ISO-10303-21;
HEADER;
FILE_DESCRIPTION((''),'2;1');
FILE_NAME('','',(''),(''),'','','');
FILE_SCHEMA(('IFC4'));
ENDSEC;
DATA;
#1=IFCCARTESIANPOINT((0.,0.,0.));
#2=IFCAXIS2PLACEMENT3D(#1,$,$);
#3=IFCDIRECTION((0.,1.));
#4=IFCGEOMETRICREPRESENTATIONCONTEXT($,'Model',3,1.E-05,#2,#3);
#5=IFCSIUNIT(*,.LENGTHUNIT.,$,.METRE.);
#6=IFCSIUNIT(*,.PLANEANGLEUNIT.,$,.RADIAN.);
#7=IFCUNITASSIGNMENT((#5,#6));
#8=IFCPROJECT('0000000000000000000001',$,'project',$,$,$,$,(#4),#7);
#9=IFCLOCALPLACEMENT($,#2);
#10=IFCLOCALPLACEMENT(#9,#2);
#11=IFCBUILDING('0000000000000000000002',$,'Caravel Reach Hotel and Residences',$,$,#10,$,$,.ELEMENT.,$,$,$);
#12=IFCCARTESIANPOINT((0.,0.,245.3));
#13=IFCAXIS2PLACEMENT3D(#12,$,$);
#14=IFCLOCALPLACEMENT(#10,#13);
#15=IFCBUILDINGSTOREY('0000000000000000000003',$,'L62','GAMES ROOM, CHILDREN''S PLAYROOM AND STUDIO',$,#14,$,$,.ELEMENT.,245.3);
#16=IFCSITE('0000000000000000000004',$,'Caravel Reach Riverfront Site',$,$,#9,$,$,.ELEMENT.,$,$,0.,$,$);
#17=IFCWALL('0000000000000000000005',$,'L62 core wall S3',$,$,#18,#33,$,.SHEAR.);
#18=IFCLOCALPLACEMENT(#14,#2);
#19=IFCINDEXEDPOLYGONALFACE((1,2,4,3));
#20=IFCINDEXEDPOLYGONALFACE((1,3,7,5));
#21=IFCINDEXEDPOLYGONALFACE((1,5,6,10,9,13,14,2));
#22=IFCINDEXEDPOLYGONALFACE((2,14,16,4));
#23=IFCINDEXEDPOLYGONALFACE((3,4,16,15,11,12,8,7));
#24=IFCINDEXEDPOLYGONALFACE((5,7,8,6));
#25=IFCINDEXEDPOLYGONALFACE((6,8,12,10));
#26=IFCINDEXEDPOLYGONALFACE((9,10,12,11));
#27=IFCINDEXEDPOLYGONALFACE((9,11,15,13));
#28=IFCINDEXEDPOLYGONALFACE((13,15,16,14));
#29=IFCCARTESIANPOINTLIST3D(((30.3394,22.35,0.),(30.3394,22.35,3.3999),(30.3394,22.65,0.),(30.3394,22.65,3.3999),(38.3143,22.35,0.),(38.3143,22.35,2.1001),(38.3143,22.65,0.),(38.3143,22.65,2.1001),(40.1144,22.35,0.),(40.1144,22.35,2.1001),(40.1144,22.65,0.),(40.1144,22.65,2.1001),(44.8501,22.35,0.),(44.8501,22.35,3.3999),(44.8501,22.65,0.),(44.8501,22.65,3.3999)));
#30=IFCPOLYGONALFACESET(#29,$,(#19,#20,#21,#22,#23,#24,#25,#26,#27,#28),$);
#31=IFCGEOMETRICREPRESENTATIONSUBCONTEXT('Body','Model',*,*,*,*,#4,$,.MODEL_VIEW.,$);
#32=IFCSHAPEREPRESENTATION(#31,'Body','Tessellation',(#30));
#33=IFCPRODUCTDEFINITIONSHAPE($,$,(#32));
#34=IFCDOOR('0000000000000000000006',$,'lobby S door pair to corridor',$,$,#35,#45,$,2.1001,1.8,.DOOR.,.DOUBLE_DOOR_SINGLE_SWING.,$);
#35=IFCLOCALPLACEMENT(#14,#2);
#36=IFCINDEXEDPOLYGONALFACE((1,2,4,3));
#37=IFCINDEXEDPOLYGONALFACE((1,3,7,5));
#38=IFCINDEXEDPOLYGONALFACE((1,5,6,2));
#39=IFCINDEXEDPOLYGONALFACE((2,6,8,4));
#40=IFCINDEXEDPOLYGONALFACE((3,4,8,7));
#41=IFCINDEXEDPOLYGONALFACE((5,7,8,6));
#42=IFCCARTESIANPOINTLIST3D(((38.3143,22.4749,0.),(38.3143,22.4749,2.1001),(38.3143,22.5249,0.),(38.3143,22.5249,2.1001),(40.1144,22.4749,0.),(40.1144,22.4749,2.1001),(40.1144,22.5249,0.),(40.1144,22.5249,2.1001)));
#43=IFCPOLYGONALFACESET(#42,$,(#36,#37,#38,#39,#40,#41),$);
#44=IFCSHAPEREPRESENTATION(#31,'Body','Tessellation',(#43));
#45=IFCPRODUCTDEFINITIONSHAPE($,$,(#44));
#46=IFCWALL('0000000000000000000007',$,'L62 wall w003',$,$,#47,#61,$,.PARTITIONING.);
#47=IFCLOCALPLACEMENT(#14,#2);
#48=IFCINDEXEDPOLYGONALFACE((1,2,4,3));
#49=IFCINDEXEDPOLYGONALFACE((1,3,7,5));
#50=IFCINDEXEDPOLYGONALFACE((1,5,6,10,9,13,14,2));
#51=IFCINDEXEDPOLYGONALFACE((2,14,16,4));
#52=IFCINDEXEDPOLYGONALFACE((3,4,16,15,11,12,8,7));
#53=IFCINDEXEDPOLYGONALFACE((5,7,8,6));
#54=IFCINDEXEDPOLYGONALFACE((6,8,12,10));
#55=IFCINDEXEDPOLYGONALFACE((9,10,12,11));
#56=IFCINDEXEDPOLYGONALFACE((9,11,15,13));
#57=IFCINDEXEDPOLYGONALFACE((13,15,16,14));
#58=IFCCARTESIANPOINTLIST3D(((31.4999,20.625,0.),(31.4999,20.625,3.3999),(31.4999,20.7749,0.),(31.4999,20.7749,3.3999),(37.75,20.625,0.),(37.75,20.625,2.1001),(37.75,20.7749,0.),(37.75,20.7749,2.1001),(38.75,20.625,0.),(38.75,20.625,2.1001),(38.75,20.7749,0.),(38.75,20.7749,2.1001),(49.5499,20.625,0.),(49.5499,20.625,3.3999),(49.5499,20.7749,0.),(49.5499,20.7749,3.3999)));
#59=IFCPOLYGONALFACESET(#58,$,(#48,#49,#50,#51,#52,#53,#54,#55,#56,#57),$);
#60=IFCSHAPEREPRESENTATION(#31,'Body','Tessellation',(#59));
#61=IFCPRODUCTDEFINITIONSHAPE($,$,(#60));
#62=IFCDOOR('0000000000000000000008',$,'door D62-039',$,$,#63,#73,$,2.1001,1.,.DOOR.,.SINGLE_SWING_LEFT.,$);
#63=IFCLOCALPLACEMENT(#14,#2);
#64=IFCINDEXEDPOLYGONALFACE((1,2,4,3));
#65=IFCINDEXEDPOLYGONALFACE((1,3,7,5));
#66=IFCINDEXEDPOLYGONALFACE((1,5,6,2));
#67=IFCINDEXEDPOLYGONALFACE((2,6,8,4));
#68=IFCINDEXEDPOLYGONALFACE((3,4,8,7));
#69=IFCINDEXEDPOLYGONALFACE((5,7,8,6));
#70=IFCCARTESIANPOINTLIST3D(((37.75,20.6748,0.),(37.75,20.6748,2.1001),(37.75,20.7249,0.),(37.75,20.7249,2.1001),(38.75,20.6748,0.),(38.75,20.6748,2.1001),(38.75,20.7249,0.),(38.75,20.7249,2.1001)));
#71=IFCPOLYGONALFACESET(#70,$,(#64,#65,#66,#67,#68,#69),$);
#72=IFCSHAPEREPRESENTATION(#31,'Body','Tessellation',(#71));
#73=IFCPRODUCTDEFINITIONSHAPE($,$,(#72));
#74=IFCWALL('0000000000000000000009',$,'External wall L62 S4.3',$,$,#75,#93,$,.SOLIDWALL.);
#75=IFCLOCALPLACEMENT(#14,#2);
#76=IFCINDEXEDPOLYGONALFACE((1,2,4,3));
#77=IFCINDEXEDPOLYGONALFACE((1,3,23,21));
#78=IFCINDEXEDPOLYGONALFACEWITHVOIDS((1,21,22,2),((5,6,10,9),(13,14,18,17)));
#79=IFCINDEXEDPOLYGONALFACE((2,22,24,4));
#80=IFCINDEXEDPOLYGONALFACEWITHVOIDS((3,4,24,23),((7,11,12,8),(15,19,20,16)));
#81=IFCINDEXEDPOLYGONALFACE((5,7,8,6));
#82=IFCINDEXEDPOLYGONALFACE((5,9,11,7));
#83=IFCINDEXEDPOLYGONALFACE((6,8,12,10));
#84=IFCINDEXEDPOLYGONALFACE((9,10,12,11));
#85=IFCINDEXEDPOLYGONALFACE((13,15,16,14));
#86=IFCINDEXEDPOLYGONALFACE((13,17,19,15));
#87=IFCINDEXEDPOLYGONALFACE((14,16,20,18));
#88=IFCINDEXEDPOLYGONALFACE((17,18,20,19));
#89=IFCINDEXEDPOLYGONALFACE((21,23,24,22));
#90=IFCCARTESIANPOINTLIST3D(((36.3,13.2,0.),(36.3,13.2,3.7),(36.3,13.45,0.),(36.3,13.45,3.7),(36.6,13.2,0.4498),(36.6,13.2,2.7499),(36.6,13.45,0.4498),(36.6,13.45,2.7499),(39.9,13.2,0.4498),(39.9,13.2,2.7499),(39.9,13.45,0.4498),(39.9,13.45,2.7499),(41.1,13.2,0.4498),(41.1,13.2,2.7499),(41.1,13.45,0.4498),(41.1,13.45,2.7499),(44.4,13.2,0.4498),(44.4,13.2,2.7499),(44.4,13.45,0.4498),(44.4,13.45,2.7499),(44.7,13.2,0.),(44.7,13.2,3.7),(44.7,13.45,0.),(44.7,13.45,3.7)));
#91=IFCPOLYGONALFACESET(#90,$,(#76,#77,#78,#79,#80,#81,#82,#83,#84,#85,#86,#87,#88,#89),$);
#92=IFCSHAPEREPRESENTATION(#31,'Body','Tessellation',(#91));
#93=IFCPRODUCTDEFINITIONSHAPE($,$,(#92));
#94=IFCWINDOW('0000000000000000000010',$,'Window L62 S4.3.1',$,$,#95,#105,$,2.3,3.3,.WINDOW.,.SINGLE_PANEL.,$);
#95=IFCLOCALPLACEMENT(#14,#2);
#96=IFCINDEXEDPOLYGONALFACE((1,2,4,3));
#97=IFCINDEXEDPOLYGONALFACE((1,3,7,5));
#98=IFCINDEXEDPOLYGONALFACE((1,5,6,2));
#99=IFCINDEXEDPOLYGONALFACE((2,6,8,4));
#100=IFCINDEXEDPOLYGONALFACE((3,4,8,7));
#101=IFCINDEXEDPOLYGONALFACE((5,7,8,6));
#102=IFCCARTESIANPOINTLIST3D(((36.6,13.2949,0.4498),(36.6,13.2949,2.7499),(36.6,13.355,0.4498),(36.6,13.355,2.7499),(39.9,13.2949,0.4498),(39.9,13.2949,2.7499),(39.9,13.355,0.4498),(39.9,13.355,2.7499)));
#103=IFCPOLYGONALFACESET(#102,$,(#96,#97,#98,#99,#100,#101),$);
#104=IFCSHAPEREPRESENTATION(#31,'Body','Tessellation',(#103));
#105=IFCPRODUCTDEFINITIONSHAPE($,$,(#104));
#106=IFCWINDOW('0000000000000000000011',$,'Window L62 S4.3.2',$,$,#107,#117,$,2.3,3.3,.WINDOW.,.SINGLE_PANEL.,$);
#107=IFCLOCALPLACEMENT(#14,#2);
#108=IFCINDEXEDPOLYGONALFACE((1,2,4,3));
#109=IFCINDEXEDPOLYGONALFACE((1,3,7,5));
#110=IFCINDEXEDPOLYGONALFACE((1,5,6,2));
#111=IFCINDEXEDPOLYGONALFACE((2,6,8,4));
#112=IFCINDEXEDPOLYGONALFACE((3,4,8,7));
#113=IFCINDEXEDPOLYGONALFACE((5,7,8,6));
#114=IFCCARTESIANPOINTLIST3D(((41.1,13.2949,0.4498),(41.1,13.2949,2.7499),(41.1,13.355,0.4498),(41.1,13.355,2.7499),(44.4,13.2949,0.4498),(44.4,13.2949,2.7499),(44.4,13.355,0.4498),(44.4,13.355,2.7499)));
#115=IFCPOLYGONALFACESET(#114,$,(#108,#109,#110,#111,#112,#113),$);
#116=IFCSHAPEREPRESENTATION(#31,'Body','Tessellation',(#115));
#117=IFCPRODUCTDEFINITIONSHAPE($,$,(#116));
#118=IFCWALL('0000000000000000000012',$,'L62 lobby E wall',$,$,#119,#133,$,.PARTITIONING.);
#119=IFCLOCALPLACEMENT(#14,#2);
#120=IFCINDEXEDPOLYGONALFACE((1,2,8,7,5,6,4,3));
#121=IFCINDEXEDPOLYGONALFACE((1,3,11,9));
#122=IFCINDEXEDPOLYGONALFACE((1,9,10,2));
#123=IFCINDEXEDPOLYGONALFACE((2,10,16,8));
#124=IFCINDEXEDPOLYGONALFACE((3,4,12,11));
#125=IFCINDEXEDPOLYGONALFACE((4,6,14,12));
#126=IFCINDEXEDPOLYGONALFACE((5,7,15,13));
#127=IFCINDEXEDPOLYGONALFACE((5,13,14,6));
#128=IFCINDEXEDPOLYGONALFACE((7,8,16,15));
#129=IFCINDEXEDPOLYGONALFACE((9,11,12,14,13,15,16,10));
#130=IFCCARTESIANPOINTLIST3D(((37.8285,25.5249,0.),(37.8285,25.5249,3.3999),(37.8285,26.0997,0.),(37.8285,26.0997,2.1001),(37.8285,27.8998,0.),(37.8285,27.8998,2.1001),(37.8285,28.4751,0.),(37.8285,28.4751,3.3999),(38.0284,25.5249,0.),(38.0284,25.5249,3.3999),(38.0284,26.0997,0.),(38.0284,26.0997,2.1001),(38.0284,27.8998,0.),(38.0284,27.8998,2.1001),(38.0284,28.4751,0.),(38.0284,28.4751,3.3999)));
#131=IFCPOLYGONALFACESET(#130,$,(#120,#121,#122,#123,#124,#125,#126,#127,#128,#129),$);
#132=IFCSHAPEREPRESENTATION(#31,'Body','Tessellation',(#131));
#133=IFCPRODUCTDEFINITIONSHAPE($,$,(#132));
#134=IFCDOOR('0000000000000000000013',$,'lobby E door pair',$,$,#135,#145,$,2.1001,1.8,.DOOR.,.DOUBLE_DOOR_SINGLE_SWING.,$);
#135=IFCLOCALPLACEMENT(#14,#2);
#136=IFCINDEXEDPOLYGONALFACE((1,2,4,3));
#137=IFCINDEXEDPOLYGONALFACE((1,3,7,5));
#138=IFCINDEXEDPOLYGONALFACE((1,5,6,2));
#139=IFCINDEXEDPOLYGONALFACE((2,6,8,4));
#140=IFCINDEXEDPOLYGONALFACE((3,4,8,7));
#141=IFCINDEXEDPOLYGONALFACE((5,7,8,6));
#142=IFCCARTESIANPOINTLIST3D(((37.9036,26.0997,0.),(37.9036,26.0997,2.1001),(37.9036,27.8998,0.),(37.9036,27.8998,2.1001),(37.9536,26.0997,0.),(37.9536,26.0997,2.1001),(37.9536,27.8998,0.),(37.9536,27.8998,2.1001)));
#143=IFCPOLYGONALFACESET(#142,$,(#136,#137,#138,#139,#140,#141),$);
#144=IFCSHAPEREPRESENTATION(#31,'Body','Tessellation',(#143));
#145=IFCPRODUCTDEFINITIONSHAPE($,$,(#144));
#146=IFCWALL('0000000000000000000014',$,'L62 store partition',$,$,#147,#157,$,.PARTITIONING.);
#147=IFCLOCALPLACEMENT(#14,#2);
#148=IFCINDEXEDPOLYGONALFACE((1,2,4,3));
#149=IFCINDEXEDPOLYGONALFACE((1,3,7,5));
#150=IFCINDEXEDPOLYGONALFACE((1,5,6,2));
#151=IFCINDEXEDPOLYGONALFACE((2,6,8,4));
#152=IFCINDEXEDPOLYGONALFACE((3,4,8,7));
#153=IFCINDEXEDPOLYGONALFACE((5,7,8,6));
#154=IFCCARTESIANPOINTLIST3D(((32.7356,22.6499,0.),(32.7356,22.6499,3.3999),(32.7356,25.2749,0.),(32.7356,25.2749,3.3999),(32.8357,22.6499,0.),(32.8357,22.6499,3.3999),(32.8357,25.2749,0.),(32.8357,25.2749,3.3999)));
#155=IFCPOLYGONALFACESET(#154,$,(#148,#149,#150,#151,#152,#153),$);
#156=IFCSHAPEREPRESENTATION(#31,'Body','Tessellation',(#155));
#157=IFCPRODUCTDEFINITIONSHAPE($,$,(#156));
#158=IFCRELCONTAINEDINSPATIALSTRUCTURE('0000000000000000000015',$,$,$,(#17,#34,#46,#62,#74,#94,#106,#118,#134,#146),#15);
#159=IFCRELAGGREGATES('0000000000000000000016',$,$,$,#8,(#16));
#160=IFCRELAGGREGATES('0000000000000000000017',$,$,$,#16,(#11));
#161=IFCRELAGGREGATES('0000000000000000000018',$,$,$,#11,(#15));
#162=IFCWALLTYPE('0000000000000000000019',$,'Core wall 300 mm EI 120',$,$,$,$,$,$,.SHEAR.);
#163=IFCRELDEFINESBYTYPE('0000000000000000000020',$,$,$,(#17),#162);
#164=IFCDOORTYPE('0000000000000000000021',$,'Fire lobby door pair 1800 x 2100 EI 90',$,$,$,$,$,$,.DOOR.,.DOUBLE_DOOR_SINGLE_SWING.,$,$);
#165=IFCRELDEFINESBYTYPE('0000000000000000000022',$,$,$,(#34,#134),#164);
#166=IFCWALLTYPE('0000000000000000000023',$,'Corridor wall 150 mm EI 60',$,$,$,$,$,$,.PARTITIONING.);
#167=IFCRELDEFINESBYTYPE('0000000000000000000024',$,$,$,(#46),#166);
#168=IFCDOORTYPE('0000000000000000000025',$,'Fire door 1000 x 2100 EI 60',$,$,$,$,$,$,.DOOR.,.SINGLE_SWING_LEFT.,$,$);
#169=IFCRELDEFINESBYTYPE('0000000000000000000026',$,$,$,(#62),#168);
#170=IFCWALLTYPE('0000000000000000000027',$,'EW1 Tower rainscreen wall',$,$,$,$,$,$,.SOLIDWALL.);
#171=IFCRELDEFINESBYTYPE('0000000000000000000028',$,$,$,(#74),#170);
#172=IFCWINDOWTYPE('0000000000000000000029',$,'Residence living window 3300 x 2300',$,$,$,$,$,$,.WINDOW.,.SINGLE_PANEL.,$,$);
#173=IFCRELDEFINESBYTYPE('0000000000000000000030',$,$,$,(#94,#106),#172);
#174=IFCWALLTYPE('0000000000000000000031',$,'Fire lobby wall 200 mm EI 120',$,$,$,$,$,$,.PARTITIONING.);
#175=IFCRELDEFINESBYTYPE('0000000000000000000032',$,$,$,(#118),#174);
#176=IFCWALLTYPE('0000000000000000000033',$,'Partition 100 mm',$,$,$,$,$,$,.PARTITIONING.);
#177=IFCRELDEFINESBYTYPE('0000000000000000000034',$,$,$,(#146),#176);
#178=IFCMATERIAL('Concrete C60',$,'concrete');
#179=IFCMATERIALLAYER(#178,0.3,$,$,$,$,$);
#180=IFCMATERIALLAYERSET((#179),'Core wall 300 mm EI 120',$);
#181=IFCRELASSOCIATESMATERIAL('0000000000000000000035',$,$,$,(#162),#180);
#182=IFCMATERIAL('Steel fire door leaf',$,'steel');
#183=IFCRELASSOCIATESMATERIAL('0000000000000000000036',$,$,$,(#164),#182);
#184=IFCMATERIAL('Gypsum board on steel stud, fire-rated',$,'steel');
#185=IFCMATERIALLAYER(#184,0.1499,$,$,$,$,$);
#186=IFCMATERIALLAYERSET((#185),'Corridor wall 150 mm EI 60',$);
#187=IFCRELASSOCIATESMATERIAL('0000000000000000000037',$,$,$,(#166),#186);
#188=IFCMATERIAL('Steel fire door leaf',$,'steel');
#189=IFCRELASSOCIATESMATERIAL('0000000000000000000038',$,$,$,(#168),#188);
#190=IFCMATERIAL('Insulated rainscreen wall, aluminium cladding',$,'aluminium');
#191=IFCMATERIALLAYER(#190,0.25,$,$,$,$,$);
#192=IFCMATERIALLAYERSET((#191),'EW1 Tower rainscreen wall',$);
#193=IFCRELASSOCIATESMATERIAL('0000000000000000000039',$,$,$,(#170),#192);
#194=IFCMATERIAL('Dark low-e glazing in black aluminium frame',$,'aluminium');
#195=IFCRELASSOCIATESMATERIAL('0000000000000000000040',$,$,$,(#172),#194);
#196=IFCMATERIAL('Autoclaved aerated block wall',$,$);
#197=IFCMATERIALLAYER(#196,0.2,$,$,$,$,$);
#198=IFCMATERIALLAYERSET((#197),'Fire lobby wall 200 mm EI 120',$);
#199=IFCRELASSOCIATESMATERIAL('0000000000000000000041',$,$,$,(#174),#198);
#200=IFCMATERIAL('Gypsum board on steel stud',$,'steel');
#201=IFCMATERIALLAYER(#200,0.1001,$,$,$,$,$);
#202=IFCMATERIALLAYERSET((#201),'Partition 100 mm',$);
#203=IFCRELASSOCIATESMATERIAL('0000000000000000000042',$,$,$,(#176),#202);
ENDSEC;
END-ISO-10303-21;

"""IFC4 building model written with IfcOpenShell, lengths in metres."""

from ifc_helpers import new_model, si_unit, direction, frame, frame_2d, origin, place, context, subcontext, project, spatial, rectangle, extrude, material, layer, layer_set, type_object, element, fill, save


model = new_model("IFC4")

# Units and contexts
model_context = context("Model", 3, precision=1e-05, world=origin(), true_north=direction((0.0, 1.0)))
body_context = subcontext(model_context, "Body", "Model", "MODEL_VIEW")
ifc_project = project(units=[si_unit("LENGTHUNIT", "METRE"), si_unit("PLANEANGLEUNIT", "RADIAN")], contexts=[model_context])

# Site, building, storey
site_placement = place(None, origin())
site = spatial("IfcSite", under=ifc_project, at=site_placement, Name="Caravel Reach Riverfront Site", CompositionType="ELEMENT", RefElevation=0.0)
building_placement = place(site_placement, origin())
building = spatial("IfcBuilding", under=site, at=building_placement, Name="Caravel Reach Hotel and Residences", CompositionType="ELEMENT")
storey_placement = place(building_placement, frame((0.0, 0.0, 245.3)))
storey = spatial("IfcBuildingStorey", under=building, at=storey_placement, Name="L62", Description="GAMES ROOM, CHILDREN'S PLAYROOM AND STUDIO", CompositionType="ELEMENT", Elevation=245.3)

# Walls, openings, doors
ifc_material_1 = material(Name="Concrete C60", Category="concrete")
ifc_layer_1 = layer(ifc_material_1, 0.3)
ifc_layer_set_1 = layer_set([ifc_layer_1], Name="Core wall 300 mm EI 120")
wall_type_1 = type_object("IfcWallType", Name="Core wall 300 mm EI 120", PredefinedType="SHEAR", material=ifc_layer_set_1)
wall_1_placement = place(storey_placement, frame((30.3394, 22.5, 0.0), z_axis=(0.0, 0.0, 1.0), x_axis=(1.0, 0.0, 0.0)))
wall_1 = element("IfcWall", 1, at=wall_1_placement, inside=storey, type_object=wall_type_1, Name="L62 core wall S3", PredefinedType="SHEAR", context=body_context, shape_type="SweptSolid", body=[
    extrude(rectangle(XDim=14.5107, YDim=0.3, at=frame_2d((7.2554, 0.0))), origin(), (0.0, 0.0, 1.0), 3.3999),
])
opening_1_placement = place(wall_1_placement, frame((7.9751, 0.0, 0.0)))
opening_1 = element("IfcOpeningElement", 2, at=opening_1_placement, cuts=wall_1, PredefinedType="OPENING", context=body_context, shape_type="SweptSolid", body=[
    extrude(rectangle(XDim=1.8, YDim=2.1001, at=frame_2d((0.8999, 1.05))), frame((0.0, 0.1599, 0.0), z_axis=(0.0, -1.0, 0.0), x_axis=(1.0, 0.0, 0.0)), (0.0, 0.0, 1.0), 0.3201),
])
ifc_material_2 = material(Name="Steel fire door leaf", Category="steel")
door_type_1 = type_object("IfcDoorType", Name="Fire lobby door pair 1800 x 2100 EI 90", OperationType="DOUBLE_DOOR_SINGLE_SWING", PredefinedType="DOOR", material=ifc_material_2)
door_1_placement = place(opening_1_placement, origin())
door_1 = element("IfcDoor", 3, at=door_1_placement, inside=storey, type_object=door_type_1, Name="lobby S door pair to corridor", OperationType="DOUBLE_DOOR_SINGLE_SWING", OverallHeight=2.1001, OverallWidth=1.8, PredefinedType="DOOR", context=body_context, shape_type="SweptSolid", body=[
    extrude(rectangle(XDim=1.8, YDim=2.1001, at=frame_2d((0.8999, 1.05))), frame((0.0, 0.0249, 0.0), z_axis=(0.0, -1.0, 0.0), x_axis=(1.0, 0.0, 0.0)), (0.0, 0.0, 1.0), 0.05),
])
fill(opening_1, door_1)
ifc_material_3 = material(Name="Gypsum board on steel stud, fire-rated", Category="steel")
ifc_layer_2 = layer(ifc_material_3, 0.1499)
ifc_layer_set_2 = layer_set([ifc_layer_2], Name="Corridor wall 150 mm EI 60")
wall_type_2 = type_object("IfcWallType", Name="Corridor wall 150 mm EI 60", PredefinedType="PARTITIONING", material=ifc_layer_set_2)
wall_2_placement = place(storey_placement, frame((31.5, 20.7, 0.0), z_axis=(0.0, 0.0, 1.0), x_axis=(1.0, 0.0, 0.0)))
wall_2 = element("IfcWall", 4, at=wall_2_placement, inside=storey, type_object=wall_type_2, Name="L62 wall w003", PredefinedType="PARTITIONING", context=body_context, shape_type="SweptSolid", body=[
    extrude(rectangle(XDim=18.05, YDim=0.1499, at=frame_2d((9.0249, 0.0))), origin(), (0.0, 0.0, 1.0), 3.3999),
])
opening_2_placement = place(wall_2_placement, frame((6.25, 0.0, 0.0)))
opening_2 = element("IfcOpeningElement", 5, at=opening_2_placement, cuts=wall_2, PredefinedType="OPENING", context=body_context, shape_type="SweptSolid", body=[
    extrude(rectangle(XDim=1.0, YDim=2.1001, at=frame_2d((0.5, 1.05))), frame((0.0, 0.085, 0.0), z_axis=(0.0, -1.0, 0.0), x_axis=(1.0, 0.0, 0.0)), (0.0, 0.0, 1.0), 0.1699),
])
ifc_material_4 = material(Name="Steel fire door leaf", Category="steel")
door_type_2 = type_object("IfcDoorType", Name="Fire door 1000 x 2100 EI 60", OperationType="SINGLE_SWING_LEFT", PredefinedType="DOOR", material=ifc_material_4)
door_2_placement = place(opening_2_placement, origin())
door_2 = element("IfcDoor", 6, at=door_2_placement, inside=storey, type_object=door_type_2, Name="door D62-039", OperationType="SINGLE_SWING_LEFT", OverallHeight=2.1001, OverallWidth=1.0, PredefinedType="DOOR", context=body_context, shape_type="SweptSolid", body=[
    extrude(rectangle(XDim=1.0, YDim=2.1001, at=frame_2d((0.5, 1.05))), frame((0.0, 0.0249, 0.0), z_axis=(0.0, -1.0, 0.0), x_axis=(1.0, 0.0, 0.0)), (0.0, 0.0, 1.0), 0.05),
])
fill(opening_2, door_2)

# Wall, openings, windows
ifc_material_5 = material(Name="Insulated rainscreen wall, aluminium cladding", Category="aluminium")
ifc_layer_3 = layer(ifc_material_5, 0.25)
ifc_layer_set_3 = layer_set([ifc_layer_3], Name="EW1 Tower rainscreen wall")
wall_type_3 = type_object("IfcWallType", Name="EW1 Tower rainscreen wall", PredefinedType="SOLIDWALL", material=ifc_layer_set_3)
wall_3_placement = place(storey_placement, frame((36.3, 13.325, 0.0), z_axis=(0.0, 0.0, 1.0), x_axis=(1.0, 0.0, 0.0)))
wall_3 = element("IfcWall", 7, at=wall_3_placement, inside=storey, type_object=wall_type_3, Name="External wall L62 S4.3", PredefinedType="SOLIDWALL", context=body_context, shape_type="SweptSolid", body=[
    extrude(rectangle(XDim=8.3999, YDim=0.25, at=frame_2d((4.2, 0.0))), origin(), (0.0, 0.0, 1.0), 3.7),
])
opening_3_placement = place(wall_3_placement, frame((0.3, 0.0, 0.45)))
opening_3 = element("IfcOpeningElement", 8, at=opening_3_placement, cuts=wall_3, PredefinedType="OPENING", context=body_context, shape_type="SweptSolid", body=[
    extrude(rectangle(XDim=3.3, YDim=2.3, at=frame_2d((1.6499, 1.1499))), frame((0.0, 0.135, 0.0), z_axis=(0.0, -1.0, 0.0), x_axis=(1.0, 0.0, 0.0)), (0.0, 0.0, 1.0), 0.27),
])
opening_4_placement = place(wall_3_placement, frame((4.8, 0.0, 0.45)))
opening_4 = element("IfcOpeningElement", 9, at=opening_4_placement, cuts=wall_3, PredefinedType="OPENING", context=body_context, shape_type="SweptSolid", body=[
    extrude(rectangle(XDim=3.3, YDim=2.3, at=frame_2d((1.6499, 1.1499))), frame((0.0, 0.135, 0.0), z_axis=(0.0, -1.0, 0.0), x_axis=(1.0, 0.0, 0.0)), (0.0, 0.0, 1.0), 0.27),
])
ifc_material_6 = material(Name="Dark low-e glazing in black aluminium frame", Category="aluminium")
window_type = type_object("IfcWindowType", Name="Residence living window 3300 x 2300", PartitioningType="SINGLE_PANEL", PredefinedType="WINDOW", material=ifc_material_6)
window_1_placement = place(opening_3_placement, origin())
window_1 = element("IfcWindow", 10, at=window_1_placement, inside=storey, type_object=window_type, Name="Window L62 S4.3.1", OverallHeight=2.3, OverallWidth=3.3, PartitioningType="SINGLE_PANEL", PredefinedType="WINDOW", context=body_context, shape_type="SweptSolid", body=[
    extrude(rectangle(XDim=3.3, YDim=2.3, at=frame_2d((1.6499, 1.1499))), frame((0.0, 0.03, 0.0), z_axis=(0.0, -1.0, 0.0), x_axis=(1.0, 0.0, 0.0)), (0.0, 0.0, 1.0), 0.0601),
])
fill(opening_3, window_1)
window_2_placement = place(opening_4_placement, origin())
window_2 = element("IfcWindow", 11, at=window_2_placement, inside=storey, type_object=window_type, Name="Window L62 S4.3.2", OverallHeight=2.3, OverallWidth=3.3, PartitioningType="SINGLE_PANEL", PredefinedType="WINDOW", context=body_context, shape_type="SweptSolid", body=[
    extrude(rectangle(XDim=3.3, YDim=2.3, at=frame_2d((1.6499, 1.1499))), frame((0.0, 0.03, 0.0), z_axis=(0.0, -1.0, 0.0), x_axis=(1.0, 0.0, 0.0)), (0.0, 0.0, 1.0), 0.0601),
])
fill(opening_4, window_2)

# Wall, opening, door
ifc_material_7 = material(Name="Autoclaved aerated block wall")
ifc_layer_4 = layer(ifc_material_7, 0.2)
ifc_layer_set_4 = layer_set([ifc_layer_4], Name="Fire lobby wall 200 mm EI 120")
wall_type_4 = type_object("IfcWallType", Name="Fire lobby wall 200 mm EI 120", PredefinedType="PARTITIONING", material=ifc_layer_set_4)
wall_4_placement = place(storey_placement, frame((37.9285, 25.5249, 0.0), z_axis=(0.0, 0.0, 1.0), x_axis=(0.0, 1.0, 0.0)))
wall_4 = element("IfcWall", 12, at=wall_4_placement, inside=storey, type_object=wall_type_4, Name="L62 lobby E wall", PredefinedType="PARTITIONING", context=body_context, shape_type="SweptSolid", body=[
    extrude(rectangle(XDim=2.9502, YDim=0.2, at=frame_2d((1.4751, 0.0))), origin(), (0.0, 0.0, 1.0), 3.3999),
])
opening_5_placement = place(wall_4_placement, frame((0.575, 0.0, 0.0)))
opening_5 = element("IfcOpeningElement", 13, at=opening_5_placement, cuts=wall_4, PredefinedType="OPENING", context=body_context, shape_type="SweptSolid", body=[
    extrude(rectangle(XDim=1.8, YDim=2.1001, at=frame_2d((0.8999, 1.05))), frame((0.0, 0.1099, 0.0), z_axis=(0.0, -1.0, 0.0), x_axis=(1.0, 0.0, 0.0)), (0.0, 0.0, 1.0), 0.22),
])
door_3_placement = place(opening_5_placement, origin())
door_3 = element("IfcDoor", 14, at=door_3_placement, inside=storey, type_object=door_type_1, Name="lobby E door pair", OperationType="DOUBLE_DOOR_SINGLE_SWING", OverallHeight=2.1001, OverallWidth=1.8, PredefinedType="DOOR", context=body_context, shape_type="SweptSolid", body=[
    extrude(rectangle(XDim=1.8, YDim=2.1001, at=frame_2d((0.8999, 1.05))), frame((0.0, 0.0249, 0.0), z_axis=(0.0, -1.0, 0.0), x_axis=(1.0, 0.0, 0.0)), (0.0, 0.0, 1.0), 0.05),
])
fill(opening_5, door_3)

# Wall
ifc_material_8 = material(Name="Gypsum board on steel stud", Category="steel")
ifc_layer_5 = layer(ifc_material_8, 0.1001)
ifc_layer_set_5 = layer_set([ifc_layer_5], Name="Partition 100 mm")
wall_type_5 = type_object("IfcWallType", Name="Partition 100 mm", PredefinedType="PARTITIONING", material=ifc_layer_set_5)
wall_5_placement = place(storey_placement, frame((32.7856, 22.6499, 0.0), z_axis=(0.0, 0.0, 1.0), x_axis=(0.0, 1.0, 0.0)))
element("IfcWall", 15, at=wall_5_placement, inside=storey, type_object=wall_type_5, Name="L62 store partition", PredefinedType="PARTITIONING", context=body_context, shape_type="SweptSolid", body=[
    extrude(rectangle(XDim=2.625, YDim=0.1001, at=frame_2d((1.3125, 0.0))), origin(), (0.0, 0.0, 1.0), 3.3999),
])

save(model, "model.ifc")
